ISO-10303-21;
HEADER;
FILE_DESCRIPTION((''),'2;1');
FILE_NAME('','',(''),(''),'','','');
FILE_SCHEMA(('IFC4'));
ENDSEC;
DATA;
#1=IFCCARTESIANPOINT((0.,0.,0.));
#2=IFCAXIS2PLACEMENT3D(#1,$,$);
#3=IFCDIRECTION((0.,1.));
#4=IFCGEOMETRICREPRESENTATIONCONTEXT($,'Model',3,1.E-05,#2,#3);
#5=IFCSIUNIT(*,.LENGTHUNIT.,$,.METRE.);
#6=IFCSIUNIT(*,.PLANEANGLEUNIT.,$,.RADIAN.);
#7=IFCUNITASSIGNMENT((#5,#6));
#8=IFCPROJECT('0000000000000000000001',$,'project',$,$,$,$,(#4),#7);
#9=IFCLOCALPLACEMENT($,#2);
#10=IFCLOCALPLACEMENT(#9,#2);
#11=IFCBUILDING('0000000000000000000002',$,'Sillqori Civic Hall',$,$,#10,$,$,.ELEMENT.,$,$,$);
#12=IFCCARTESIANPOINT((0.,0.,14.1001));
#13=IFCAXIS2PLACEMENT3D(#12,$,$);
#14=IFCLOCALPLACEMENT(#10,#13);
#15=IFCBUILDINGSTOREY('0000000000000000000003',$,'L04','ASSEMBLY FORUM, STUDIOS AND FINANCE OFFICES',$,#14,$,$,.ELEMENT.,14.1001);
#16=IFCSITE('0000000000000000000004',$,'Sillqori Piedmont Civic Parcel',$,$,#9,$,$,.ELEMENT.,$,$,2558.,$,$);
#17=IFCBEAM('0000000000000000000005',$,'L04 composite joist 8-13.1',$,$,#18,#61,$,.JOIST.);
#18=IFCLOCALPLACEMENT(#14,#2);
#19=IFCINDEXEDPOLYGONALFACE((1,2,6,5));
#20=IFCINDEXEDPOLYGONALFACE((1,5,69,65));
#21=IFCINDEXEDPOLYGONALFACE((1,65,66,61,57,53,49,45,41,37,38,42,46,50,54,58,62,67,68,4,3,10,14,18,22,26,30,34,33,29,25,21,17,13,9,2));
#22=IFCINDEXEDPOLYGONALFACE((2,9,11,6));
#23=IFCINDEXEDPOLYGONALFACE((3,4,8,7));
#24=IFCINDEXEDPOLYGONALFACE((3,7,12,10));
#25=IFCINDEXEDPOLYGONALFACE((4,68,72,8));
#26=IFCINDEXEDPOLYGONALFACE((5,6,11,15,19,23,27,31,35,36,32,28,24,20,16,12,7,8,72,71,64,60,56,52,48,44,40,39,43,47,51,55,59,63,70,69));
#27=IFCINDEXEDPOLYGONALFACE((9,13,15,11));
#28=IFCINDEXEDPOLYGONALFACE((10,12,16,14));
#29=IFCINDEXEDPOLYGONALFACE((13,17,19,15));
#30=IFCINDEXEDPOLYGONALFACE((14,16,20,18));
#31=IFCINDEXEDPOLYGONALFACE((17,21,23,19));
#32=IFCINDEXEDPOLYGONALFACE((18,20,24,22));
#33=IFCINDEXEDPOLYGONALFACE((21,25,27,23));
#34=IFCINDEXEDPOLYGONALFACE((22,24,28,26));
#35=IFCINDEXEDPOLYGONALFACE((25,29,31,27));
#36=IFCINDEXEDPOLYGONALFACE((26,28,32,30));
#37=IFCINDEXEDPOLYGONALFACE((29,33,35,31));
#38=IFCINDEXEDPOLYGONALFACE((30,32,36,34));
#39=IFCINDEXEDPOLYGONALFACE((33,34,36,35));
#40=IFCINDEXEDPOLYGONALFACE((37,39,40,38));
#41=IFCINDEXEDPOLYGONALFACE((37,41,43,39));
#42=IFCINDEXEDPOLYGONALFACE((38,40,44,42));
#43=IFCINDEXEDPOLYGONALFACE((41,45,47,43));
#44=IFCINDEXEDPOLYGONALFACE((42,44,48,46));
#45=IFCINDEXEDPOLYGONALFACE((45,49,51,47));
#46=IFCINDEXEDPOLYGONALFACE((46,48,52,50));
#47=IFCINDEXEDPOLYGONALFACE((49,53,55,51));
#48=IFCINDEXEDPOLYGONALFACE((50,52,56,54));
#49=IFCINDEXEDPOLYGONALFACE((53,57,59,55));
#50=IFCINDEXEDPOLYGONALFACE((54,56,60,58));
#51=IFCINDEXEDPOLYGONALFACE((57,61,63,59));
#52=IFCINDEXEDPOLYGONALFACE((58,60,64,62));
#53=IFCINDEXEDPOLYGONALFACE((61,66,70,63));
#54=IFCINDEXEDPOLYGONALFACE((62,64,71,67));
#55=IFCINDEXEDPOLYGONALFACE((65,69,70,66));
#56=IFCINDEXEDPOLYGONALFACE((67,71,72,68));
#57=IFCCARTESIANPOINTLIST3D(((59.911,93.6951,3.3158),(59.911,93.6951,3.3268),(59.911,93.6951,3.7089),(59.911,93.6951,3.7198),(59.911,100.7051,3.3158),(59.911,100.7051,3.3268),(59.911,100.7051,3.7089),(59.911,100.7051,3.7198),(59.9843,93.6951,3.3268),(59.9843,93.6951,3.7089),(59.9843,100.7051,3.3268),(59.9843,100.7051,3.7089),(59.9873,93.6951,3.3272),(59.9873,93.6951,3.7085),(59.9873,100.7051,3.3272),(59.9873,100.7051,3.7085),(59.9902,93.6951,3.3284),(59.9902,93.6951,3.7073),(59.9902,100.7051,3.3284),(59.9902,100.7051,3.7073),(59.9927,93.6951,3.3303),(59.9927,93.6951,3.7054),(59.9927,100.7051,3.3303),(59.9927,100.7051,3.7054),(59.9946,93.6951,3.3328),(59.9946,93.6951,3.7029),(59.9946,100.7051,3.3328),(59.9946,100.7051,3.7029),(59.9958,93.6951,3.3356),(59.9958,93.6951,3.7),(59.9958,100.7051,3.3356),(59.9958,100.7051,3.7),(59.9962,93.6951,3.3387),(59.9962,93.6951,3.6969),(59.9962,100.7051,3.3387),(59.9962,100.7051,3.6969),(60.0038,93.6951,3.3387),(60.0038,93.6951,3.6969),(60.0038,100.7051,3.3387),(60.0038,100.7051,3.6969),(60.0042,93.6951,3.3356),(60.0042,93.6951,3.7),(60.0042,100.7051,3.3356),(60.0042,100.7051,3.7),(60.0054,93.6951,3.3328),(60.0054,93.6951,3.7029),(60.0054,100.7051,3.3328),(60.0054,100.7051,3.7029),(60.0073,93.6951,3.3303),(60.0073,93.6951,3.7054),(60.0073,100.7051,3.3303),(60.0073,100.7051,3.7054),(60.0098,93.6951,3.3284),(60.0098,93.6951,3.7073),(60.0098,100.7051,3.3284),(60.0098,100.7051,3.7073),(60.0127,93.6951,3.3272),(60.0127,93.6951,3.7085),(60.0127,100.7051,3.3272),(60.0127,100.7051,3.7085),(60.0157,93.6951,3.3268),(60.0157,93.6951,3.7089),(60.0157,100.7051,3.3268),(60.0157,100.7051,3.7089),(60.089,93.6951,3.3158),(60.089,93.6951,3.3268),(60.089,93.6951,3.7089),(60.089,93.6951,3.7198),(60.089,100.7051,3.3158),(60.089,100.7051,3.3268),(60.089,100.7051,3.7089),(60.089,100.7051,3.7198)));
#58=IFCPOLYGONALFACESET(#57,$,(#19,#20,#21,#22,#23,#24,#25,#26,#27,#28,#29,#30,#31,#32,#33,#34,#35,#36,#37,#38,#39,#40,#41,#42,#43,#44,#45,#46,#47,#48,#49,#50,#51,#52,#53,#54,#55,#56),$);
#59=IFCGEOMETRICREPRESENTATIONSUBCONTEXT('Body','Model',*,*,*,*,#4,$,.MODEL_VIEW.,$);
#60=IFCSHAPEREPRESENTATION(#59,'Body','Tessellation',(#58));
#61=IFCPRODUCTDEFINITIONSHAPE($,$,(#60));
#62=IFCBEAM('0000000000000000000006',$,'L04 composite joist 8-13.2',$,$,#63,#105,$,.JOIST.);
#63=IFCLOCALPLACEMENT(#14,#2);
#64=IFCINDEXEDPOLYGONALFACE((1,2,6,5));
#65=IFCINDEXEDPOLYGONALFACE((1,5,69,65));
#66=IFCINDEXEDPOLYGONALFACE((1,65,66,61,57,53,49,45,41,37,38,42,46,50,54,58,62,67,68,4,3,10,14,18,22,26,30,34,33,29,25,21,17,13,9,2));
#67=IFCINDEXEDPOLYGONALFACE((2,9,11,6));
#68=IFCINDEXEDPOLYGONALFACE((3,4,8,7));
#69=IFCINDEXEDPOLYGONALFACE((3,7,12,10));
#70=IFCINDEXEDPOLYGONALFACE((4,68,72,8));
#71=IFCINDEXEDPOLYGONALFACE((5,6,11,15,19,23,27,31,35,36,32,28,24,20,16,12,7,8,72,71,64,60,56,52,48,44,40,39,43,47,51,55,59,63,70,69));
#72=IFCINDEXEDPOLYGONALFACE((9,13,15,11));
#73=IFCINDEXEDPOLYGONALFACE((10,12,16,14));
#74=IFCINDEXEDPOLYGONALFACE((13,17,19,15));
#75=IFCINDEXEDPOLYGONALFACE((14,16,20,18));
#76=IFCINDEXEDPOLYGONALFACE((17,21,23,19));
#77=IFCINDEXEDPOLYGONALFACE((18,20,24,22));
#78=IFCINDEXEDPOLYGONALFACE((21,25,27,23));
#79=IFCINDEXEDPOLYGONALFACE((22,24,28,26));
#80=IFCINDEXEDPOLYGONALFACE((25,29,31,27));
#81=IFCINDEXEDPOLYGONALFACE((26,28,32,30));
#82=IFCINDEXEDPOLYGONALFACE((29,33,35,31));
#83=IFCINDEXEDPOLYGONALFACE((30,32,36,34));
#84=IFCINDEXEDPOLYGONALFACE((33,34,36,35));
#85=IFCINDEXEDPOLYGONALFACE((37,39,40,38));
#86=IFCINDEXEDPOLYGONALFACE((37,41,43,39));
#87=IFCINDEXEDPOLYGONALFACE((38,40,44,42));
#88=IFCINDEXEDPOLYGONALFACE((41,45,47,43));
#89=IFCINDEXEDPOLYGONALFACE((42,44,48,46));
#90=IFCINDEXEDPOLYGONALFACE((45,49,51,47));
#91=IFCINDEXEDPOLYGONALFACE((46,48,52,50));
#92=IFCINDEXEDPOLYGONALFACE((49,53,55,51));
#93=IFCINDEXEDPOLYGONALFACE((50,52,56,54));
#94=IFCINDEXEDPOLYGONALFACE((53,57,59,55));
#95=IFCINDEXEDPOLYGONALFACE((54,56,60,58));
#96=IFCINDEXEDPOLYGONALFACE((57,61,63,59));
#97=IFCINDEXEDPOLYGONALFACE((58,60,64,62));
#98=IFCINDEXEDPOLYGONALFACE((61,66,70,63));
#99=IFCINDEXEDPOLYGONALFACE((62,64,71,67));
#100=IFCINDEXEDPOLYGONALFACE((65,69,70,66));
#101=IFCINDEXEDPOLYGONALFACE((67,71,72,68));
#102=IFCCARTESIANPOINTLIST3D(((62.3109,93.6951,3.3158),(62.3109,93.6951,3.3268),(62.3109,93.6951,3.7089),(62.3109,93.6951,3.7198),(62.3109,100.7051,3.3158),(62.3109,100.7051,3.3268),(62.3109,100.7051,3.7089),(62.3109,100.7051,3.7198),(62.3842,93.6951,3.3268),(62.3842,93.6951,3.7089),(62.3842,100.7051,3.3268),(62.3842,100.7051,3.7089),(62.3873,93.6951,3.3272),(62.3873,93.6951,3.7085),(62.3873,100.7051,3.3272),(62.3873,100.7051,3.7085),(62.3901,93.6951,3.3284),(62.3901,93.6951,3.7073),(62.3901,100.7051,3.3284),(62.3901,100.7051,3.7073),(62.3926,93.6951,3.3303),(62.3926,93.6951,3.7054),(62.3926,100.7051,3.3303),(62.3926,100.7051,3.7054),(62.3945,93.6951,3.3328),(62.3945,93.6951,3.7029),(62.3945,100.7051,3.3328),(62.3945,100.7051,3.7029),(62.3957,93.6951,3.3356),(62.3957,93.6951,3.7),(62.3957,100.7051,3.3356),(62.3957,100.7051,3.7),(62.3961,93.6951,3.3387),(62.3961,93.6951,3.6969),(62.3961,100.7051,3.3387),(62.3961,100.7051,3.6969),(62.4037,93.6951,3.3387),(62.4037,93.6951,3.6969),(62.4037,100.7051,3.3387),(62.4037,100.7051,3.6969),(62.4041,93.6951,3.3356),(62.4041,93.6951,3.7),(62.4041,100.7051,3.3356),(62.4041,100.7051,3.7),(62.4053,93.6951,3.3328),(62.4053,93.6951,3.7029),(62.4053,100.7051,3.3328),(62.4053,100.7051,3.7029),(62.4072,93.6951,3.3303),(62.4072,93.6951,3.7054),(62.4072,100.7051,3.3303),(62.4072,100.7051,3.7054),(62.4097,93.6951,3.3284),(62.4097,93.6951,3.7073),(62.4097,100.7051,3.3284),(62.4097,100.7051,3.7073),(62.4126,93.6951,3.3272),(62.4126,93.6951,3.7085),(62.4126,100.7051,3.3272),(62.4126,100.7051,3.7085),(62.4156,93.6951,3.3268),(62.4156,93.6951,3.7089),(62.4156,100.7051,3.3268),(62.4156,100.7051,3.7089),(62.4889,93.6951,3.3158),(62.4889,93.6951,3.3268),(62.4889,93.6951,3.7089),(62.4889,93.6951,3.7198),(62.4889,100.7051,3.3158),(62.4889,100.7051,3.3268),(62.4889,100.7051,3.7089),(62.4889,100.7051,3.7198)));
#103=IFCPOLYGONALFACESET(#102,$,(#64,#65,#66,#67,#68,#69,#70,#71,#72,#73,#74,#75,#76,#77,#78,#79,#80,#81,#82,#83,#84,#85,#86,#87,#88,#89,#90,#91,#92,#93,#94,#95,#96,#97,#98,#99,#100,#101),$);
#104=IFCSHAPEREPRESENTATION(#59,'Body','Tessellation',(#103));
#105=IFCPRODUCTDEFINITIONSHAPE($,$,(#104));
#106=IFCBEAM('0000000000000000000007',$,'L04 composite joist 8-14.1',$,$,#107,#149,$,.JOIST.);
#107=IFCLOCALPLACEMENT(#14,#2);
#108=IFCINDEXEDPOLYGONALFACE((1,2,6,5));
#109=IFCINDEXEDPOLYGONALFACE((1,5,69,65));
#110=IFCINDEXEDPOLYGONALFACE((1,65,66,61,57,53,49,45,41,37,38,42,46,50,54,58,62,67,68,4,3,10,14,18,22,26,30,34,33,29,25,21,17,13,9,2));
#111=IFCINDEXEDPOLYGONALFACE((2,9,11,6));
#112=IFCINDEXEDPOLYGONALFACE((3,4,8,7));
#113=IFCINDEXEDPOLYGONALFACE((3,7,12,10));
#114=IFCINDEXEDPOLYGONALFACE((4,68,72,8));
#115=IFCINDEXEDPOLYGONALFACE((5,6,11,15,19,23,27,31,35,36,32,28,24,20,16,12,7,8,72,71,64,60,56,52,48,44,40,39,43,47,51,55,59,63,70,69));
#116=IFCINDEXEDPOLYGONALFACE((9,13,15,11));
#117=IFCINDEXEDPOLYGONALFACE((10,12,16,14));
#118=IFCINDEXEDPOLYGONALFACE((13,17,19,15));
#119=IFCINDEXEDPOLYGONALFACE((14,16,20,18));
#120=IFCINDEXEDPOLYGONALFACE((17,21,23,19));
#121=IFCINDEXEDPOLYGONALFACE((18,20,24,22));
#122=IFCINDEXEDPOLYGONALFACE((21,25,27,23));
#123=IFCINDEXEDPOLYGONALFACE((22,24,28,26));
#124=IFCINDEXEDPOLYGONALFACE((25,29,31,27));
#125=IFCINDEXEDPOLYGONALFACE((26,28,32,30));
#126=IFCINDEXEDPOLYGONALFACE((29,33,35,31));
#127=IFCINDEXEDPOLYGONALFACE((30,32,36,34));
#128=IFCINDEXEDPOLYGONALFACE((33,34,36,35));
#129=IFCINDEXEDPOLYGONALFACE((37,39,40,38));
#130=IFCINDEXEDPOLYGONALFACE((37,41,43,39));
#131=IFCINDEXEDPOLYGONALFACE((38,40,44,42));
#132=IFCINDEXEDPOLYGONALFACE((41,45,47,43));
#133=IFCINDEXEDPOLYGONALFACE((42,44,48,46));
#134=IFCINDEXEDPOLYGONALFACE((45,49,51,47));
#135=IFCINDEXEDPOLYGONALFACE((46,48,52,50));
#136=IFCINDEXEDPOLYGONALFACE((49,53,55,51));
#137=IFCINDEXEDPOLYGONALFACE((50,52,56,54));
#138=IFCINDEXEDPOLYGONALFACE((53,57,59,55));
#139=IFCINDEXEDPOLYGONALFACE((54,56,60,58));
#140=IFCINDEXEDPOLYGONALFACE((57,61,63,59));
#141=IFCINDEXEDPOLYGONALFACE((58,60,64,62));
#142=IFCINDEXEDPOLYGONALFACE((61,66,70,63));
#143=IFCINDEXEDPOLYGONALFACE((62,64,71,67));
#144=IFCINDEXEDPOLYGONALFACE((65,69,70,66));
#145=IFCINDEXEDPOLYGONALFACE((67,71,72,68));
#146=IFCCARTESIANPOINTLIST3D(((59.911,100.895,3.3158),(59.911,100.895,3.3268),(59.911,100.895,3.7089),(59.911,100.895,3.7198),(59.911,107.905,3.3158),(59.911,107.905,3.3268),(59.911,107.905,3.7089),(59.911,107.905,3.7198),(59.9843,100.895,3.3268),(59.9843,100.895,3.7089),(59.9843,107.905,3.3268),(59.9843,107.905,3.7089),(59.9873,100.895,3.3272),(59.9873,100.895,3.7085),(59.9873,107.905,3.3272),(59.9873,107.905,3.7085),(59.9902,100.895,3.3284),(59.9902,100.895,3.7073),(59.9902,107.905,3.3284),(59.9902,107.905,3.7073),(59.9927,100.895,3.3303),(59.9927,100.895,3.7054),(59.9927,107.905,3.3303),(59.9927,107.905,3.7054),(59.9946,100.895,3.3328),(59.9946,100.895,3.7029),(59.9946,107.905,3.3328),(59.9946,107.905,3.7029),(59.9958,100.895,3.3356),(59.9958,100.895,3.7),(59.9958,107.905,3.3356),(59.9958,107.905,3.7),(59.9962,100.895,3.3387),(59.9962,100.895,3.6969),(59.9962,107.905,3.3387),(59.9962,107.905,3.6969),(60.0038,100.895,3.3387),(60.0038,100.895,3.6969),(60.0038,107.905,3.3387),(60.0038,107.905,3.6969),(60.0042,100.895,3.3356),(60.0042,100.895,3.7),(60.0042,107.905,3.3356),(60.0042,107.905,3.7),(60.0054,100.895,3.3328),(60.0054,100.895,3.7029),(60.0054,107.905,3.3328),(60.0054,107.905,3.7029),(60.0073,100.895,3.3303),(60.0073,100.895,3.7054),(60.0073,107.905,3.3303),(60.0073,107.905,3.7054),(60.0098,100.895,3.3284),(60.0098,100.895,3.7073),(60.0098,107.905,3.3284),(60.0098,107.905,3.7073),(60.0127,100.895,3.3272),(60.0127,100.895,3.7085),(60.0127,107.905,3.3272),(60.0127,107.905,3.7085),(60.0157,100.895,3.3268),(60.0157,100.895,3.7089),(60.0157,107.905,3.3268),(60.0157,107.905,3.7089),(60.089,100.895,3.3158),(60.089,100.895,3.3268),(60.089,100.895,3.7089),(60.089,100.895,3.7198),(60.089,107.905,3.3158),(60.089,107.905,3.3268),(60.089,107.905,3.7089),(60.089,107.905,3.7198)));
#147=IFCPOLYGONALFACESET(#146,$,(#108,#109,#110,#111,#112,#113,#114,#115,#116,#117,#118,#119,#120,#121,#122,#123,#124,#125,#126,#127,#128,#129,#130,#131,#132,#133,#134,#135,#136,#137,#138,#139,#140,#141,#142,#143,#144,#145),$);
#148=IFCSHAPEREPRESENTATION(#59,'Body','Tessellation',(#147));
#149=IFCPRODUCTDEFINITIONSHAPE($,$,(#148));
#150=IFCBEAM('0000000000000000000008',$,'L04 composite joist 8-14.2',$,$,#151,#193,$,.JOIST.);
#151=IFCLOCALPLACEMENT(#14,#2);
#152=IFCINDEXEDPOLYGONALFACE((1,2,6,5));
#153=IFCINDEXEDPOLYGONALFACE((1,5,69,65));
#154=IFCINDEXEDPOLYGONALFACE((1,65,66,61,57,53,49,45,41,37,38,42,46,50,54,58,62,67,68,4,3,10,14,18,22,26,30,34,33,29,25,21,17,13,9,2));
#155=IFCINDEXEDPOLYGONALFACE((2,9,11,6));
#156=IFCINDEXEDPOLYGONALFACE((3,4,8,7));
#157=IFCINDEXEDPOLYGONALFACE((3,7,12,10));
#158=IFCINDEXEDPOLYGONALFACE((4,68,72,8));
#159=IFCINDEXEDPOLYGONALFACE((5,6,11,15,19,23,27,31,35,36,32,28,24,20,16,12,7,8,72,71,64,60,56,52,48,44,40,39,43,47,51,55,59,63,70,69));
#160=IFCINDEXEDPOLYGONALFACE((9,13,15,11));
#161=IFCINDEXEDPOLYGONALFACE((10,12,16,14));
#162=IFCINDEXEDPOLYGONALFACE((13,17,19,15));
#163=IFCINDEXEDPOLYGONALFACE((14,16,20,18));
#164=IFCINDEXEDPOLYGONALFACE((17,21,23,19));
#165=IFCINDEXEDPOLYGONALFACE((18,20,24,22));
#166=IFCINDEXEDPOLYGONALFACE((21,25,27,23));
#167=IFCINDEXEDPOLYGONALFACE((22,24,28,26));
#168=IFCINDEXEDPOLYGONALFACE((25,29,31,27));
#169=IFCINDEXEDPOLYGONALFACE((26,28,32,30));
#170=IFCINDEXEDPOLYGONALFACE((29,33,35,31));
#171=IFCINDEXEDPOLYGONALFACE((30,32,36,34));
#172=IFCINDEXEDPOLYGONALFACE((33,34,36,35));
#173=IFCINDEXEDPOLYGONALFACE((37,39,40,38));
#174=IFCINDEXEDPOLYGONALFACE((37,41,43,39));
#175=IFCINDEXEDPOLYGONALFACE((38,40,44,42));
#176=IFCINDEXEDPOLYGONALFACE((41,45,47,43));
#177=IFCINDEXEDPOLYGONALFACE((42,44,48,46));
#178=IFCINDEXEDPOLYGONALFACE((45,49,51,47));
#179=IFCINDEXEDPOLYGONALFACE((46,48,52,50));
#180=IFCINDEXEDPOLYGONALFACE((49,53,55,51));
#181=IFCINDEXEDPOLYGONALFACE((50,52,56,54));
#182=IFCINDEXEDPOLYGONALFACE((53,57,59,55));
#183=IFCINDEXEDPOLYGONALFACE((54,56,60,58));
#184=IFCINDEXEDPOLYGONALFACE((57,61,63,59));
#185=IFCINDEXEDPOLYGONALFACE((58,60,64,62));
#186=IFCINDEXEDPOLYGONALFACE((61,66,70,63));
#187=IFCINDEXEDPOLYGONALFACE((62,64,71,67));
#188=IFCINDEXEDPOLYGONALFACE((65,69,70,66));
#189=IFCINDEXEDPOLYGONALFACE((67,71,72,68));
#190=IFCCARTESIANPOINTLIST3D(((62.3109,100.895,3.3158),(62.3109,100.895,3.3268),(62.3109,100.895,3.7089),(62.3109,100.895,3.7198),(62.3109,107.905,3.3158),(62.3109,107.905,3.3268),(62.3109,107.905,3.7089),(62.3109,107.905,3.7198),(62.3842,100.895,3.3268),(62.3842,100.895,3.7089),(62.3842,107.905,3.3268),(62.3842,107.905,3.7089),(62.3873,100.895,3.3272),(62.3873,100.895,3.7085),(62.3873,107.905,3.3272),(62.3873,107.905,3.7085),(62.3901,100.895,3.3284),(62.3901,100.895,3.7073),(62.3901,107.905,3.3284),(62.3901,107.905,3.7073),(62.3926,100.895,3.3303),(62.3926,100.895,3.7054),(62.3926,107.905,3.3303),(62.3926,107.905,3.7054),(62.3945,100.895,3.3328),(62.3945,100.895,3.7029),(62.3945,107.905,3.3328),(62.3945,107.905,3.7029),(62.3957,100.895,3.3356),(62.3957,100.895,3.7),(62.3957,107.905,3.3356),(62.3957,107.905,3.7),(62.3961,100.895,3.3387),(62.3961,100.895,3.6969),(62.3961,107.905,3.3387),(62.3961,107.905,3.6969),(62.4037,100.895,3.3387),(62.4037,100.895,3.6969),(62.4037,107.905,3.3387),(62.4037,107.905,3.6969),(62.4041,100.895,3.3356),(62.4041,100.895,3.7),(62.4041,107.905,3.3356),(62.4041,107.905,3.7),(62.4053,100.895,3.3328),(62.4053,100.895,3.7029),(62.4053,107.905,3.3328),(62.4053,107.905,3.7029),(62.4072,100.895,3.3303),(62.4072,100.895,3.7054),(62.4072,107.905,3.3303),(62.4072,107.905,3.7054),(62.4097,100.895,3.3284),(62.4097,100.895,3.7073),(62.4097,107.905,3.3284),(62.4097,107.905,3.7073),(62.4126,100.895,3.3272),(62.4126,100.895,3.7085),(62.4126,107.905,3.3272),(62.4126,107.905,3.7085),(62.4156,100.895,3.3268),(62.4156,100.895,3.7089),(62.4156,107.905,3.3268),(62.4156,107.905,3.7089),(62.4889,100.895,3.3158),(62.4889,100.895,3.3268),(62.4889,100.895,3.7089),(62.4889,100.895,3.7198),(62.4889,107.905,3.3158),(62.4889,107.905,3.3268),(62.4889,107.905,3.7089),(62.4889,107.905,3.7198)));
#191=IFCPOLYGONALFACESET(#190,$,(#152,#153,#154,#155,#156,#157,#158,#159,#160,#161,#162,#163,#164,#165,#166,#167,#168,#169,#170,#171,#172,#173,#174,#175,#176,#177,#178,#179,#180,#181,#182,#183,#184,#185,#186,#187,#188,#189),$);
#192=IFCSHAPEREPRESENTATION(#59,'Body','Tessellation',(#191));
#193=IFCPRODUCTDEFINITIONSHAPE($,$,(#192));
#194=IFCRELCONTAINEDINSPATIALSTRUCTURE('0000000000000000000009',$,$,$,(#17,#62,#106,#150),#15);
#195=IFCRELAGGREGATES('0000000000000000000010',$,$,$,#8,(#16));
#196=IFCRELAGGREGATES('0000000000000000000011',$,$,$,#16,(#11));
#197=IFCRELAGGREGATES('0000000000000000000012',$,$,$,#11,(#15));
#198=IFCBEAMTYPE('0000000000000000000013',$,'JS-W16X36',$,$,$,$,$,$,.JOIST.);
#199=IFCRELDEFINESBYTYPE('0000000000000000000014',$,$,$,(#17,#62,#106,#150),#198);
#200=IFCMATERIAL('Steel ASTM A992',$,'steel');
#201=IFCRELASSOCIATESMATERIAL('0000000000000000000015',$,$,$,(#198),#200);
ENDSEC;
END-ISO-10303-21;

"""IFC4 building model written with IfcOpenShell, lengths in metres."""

from ifc_helpers import new_model, si_unit, direction, frame, origin, origin_2d, place, context, subcontext, project, spatial, i_section, extrude, material, material_profile, profile_set, type_object, element, save


model = new_model("IFC4")

# Units and contexts
model_context = context("Model", 3, precision=1e-05, world=origin(), true_north=direction((0.0, 1.0)))
body_context = subcontext(model_context, "Body", "Model", "MODEL_VIEW")
ifc_project = project(units=[si_unit("LENGTHUNIT", "METRE"), si_unit("PLANEANGLEUNIT", "RADIAN")], contexts=[model_context])

# Site, building, storey
site_placement = place(None, origin())
site = spatial("IfcSite", under=ifc_project, at=site_placement, Name="Sillqori Piedmont Civic Parcel", CompositionType="ELEMENT", RefElevation=2558.0)
building_placement = place(site_placement, origin())
building = spatial("IfcBuilding", under=site, at=building_placement, Name="Sillqori Civic Hall", CompositionType="ELEMENT")
storey_placement = place(building_placement, frame((0.0, 0.0, 14.1001)))
storey = spatial("IfcBuildingStorey", under=building, at=storey_placement, Name="L04", Description="ASSEMBLY FORUM, STUDIOS AND FINANCE OFFICES", CompositionType="ELEMENT", Elevation=14.1001)

# Shared definitions
ifc_material_1 = material(Name="Steel ASTM A992", Category="steel")

# Beams
ifc_material_profile_1 = material_profile(ifc_material_1, i_section(OverallWidth=0.178, OverallDepth=0.4041, WebThickness=0.0076, FlangeThickness=0.011, FilletRadius=0.012, at=origin_2d()), Name="W16X36")
ifc_profile_set_1 = profile_set([ifc_material_profile_1], Name="Steel ASTM A992")
beam_type_1 = type_object("IfcBeamType", Name="JS-W16X36", PredefinedType="JOIST", material=ifc_profile_set_1)
for number, where, z_axis, x_axis, name in (
    (1, (60.0, 93.6951, 3.5178), (0.0, 1.0, 0.0), (-1.0, 0.0, 0.0), "L04 composite joist 8-13.1"),
    (2, (62.3999, 93.6951, 3.5178), (0.0, 1.0, 0.0), (-1.0, 0.0, 0.0), "L04 composite joist 8-13.2"),
    (3, (60.0, 100.895, 3.5178), (0.0, 1.0, 0.0), (-1.0, 0.0, 0.0), "L04 composite joist 8-14.1"),
    (4, (62.3999, 100.895, 3.5178), (0.0, 1.0, 0.0), (-1.0, 0.0, 0.0), "L04 composite joist 8-14.2"),
):
    element("IfcBeam", number, at=place(storey_placement, frame(where, z_axis=z_axis, x_axis=x_axis)), inside=storey, type_object=beam_type_1, Name=name, PredefinedType="JOIST", context=body_context, shape_type="SweptSolid", body=[
        extrude(i_section(OverallWidth=0.178, OverallDepth=0.4041, WebThickness=0.0076, FlangeThickness=0.011, FilletRadius=0.012, at=origin_2d()), origin(), (0.0, 0.0, 1.0), 7.01),
    ])

save(model, "model.ifc")
